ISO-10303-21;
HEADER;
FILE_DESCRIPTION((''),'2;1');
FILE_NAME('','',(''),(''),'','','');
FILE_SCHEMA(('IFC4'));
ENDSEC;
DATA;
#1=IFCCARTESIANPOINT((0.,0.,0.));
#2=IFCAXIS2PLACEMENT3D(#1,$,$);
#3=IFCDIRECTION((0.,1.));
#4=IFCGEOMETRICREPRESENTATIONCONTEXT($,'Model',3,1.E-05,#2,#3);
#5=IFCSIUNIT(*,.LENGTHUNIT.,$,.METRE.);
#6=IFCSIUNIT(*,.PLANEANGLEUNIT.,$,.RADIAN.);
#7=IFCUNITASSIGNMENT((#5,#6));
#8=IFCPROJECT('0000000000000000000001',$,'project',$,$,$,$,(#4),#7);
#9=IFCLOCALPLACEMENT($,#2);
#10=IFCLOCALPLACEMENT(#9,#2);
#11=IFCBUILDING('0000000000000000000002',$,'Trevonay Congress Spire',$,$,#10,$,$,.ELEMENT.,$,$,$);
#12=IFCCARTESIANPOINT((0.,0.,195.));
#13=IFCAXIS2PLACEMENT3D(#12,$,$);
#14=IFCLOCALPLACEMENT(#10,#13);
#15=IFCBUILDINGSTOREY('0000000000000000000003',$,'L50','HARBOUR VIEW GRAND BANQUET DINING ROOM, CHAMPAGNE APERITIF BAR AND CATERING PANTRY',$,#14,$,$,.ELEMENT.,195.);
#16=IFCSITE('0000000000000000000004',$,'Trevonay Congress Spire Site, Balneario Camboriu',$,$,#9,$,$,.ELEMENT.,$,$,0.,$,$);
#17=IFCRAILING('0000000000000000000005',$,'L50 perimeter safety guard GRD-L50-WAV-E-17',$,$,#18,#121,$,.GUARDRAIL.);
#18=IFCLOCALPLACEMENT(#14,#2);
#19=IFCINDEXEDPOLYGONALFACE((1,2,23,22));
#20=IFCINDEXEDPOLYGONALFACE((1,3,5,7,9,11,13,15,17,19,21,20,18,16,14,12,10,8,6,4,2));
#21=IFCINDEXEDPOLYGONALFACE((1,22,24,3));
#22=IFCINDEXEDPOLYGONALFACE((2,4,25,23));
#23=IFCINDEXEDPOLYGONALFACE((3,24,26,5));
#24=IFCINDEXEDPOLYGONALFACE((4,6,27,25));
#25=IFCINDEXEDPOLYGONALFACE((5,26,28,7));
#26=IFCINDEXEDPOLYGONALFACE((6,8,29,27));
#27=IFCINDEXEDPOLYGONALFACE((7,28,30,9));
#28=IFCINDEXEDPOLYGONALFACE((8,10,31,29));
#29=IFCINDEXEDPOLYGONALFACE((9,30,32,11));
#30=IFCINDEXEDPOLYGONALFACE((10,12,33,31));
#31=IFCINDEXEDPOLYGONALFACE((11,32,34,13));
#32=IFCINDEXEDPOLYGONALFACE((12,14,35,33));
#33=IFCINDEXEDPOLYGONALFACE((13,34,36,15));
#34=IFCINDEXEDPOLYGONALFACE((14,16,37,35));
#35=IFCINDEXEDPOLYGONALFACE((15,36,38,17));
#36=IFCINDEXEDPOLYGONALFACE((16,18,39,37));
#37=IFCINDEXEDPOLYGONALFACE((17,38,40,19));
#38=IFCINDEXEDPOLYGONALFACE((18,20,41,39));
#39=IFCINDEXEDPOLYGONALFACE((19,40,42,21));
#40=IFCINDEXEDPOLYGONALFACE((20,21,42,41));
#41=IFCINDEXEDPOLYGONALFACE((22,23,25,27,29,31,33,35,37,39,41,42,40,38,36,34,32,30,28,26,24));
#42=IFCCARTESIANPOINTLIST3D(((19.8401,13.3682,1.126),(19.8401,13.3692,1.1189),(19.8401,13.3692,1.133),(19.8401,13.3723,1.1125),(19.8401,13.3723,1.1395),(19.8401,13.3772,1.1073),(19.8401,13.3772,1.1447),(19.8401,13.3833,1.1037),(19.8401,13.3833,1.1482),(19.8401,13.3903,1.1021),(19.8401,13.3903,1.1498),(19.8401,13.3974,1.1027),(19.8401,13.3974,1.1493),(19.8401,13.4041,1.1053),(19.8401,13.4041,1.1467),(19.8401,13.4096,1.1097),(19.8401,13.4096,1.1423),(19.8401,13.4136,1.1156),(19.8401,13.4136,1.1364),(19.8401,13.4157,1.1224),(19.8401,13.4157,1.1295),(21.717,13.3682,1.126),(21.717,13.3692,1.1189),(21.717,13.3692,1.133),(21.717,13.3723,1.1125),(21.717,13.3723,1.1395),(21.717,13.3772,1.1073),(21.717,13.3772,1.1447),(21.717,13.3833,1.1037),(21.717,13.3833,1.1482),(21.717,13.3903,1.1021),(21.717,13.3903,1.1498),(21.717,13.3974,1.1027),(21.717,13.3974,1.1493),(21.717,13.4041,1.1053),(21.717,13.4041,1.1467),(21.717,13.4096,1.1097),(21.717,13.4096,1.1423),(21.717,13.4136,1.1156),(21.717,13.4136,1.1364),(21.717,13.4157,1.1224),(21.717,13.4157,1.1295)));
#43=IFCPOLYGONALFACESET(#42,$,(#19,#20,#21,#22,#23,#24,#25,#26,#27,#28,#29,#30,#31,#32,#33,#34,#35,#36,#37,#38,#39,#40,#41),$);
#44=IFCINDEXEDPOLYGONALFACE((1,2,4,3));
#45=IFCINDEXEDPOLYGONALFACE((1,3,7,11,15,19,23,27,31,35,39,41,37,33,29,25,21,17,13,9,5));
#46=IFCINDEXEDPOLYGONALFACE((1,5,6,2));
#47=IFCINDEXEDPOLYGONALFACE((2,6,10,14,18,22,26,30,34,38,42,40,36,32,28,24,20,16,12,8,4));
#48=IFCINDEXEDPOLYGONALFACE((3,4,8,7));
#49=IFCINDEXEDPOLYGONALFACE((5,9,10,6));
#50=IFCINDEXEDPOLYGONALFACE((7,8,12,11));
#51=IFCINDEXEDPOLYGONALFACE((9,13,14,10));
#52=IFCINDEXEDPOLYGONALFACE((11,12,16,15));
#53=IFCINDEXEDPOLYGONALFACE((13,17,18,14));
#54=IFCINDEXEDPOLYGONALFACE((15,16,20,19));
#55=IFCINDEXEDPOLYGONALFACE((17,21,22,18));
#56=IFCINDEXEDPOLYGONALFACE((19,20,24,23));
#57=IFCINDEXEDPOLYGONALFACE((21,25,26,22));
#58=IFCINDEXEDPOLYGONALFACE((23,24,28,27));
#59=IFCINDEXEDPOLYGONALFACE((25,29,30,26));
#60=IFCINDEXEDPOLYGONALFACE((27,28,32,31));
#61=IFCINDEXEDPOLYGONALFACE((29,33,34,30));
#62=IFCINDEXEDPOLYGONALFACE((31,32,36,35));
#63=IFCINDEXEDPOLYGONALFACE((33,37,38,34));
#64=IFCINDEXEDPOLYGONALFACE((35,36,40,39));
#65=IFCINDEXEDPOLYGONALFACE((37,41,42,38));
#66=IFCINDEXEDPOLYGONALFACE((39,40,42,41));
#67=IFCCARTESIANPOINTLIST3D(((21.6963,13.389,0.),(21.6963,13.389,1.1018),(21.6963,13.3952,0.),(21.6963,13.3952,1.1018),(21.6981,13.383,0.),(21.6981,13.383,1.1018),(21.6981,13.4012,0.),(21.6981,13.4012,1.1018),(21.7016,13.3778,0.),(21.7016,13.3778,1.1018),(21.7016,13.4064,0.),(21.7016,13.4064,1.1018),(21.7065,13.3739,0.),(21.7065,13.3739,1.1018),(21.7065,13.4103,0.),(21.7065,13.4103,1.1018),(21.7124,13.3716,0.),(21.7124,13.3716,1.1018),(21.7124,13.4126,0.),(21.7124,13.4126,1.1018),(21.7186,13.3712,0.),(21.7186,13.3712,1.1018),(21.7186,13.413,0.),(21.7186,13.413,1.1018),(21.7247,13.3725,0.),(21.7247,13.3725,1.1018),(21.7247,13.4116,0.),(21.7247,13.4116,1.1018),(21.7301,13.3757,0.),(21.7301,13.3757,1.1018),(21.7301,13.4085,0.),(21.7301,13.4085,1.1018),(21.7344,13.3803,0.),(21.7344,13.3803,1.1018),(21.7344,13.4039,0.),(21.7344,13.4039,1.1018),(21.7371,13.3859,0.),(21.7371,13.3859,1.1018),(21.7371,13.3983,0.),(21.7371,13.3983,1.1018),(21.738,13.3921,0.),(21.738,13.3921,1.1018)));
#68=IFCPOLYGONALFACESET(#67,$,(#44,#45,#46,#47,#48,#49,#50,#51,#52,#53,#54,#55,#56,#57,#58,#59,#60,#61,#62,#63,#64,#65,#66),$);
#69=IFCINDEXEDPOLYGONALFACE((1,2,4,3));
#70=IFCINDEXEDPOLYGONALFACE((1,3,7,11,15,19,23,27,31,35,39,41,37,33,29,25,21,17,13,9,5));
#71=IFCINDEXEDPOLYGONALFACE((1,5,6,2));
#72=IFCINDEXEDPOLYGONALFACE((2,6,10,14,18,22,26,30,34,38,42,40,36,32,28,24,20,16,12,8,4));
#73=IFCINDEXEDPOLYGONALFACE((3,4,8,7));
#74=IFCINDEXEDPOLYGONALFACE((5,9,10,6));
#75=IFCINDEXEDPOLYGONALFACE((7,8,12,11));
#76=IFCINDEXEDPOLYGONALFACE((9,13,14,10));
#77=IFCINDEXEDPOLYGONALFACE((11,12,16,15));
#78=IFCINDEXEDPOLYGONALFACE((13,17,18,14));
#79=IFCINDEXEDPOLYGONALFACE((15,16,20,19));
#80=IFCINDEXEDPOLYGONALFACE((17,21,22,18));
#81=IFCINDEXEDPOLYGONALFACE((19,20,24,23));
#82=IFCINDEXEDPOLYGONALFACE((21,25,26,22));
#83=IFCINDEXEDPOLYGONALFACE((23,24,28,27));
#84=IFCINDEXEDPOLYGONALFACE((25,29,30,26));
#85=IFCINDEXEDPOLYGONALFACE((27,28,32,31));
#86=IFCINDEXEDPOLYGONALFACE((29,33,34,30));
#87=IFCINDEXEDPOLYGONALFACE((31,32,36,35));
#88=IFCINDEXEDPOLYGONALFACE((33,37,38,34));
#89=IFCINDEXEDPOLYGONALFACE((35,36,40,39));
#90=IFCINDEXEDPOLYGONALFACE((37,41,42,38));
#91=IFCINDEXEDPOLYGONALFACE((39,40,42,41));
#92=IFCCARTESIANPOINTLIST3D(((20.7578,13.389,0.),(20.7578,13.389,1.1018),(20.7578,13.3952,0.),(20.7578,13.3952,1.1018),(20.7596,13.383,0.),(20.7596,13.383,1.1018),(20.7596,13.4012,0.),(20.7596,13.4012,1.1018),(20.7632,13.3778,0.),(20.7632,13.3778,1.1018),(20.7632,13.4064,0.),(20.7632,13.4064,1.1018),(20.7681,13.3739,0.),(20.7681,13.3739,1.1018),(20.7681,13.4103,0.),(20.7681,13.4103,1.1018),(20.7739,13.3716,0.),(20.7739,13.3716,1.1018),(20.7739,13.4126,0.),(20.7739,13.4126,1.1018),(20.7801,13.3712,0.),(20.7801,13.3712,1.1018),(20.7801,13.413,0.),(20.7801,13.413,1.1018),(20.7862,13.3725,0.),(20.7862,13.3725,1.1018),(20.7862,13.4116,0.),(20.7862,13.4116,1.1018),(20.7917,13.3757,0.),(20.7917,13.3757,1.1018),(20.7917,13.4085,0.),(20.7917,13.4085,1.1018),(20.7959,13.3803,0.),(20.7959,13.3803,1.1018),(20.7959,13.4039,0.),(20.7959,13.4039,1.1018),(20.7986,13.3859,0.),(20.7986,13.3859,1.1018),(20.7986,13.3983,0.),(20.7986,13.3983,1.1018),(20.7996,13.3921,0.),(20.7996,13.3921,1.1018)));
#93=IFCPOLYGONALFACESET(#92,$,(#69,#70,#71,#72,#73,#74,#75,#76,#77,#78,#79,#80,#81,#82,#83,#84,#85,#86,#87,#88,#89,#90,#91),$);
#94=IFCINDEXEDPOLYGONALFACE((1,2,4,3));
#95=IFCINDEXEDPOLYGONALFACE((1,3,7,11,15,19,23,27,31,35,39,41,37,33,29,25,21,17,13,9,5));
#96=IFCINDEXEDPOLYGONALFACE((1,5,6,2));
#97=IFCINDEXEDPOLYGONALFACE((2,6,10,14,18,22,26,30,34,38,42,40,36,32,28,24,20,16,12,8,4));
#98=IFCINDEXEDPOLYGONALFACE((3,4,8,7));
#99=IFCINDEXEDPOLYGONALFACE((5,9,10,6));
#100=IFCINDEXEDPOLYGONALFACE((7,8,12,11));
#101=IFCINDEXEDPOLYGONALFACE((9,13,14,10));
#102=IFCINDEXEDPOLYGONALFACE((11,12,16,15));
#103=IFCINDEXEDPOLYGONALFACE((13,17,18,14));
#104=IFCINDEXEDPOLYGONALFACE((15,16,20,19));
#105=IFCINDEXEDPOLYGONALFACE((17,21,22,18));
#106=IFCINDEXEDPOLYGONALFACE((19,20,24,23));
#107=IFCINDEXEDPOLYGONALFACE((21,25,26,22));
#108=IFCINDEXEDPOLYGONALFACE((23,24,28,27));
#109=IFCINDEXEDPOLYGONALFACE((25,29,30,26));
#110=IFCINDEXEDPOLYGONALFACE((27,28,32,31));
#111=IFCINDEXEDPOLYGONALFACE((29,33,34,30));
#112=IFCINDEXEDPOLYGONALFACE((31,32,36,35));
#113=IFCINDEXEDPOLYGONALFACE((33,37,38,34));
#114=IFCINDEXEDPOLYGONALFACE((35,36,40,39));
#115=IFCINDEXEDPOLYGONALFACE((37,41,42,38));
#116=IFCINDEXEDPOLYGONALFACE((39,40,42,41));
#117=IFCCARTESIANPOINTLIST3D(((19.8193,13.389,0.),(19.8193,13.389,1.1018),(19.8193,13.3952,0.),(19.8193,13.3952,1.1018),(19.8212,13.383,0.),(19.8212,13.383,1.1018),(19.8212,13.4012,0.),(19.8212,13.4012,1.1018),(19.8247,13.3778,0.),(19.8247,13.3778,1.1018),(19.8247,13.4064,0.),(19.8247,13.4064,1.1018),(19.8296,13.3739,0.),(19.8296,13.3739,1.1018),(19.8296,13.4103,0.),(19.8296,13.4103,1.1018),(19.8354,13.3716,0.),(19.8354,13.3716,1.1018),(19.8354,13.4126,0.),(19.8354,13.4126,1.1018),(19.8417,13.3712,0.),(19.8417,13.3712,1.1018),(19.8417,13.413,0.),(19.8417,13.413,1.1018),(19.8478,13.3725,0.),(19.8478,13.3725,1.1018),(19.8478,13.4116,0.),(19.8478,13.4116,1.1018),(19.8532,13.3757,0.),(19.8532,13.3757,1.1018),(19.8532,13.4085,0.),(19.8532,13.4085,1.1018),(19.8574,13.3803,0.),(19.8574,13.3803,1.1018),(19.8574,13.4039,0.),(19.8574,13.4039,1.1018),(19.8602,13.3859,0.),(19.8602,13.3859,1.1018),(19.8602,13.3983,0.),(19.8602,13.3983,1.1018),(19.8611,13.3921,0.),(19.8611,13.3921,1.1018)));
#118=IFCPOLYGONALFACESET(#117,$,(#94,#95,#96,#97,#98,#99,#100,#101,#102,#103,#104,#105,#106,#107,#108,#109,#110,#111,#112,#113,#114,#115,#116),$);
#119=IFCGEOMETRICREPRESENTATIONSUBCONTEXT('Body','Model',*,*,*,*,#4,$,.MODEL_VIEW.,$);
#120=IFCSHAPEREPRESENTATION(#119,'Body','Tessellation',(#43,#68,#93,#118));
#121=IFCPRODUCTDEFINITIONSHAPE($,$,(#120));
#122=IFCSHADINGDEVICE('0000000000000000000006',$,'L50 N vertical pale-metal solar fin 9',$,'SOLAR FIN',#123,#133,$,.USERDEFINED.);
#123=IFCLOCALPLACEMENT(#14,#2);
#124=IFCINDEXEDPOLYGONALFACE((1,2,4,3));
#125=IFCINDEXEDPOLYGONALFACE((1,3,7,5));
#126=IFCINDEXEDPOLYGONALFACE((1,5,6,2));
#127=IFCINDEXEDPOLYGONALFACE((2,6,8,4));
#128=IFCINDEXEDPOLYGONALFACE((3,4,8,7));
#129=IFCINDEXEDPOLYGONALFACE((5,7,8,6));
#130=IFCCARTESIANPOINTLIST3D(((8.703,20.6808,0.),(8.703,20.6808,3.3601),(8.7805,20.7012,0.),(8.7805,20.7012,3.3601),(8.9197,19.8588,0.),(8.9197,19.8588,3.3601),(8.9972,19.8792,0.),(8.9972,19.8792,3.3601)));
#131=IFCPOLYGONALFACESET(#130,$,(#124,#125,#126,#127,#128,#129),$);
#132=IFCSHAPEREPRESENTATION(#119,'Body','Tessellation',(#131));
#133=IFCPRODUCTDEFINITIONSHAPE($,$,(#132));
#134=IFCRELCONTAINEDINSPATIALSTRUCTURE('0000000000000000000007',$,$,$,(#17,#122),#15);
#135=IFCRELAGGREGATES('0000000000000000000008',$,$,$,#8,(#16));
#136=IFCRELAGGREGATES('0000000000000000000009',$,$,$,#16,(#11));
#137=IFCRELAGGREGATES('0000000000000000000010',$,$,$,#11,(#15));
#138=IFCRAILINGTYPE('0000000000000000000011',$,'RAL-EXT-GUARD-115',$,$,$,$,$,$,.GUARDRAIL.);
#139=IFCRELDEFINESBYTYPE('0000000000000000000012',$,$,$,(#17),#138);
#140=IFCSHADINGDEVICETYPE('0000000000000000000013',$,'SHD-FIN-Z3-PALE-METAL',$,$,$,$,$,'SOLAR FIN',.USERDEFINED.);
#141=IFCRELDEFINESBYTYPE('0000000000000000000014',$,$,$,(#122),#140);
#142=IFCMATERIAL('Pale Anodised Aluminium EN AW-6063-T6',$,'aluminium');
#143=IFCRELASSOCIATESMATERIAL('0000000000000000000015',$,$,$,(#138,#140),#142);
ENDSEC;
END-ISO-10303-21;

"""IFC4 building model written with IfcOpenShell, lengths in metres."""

from ifc_helpers import new_model, si_unit, direction, frame, origin, origin_2d, place, context, subcontext, project, spatial, rectangle, circle, extrude, material, type_object, element, save


model = new_model("IFC4")

# Units and contexts
model_context = context("Model", 3, precision=1e-05, world=origin(), true_north=direction((0.0, 1.0)))
body_context = subcontext(model_context, "Body", "Model", "MODEL_VIEW")
ifc_project = project(units=[si_unit("LENGTHUNIT", "METRE"), si_unit("PLANEANGLEUNIT", "RADIAN")], contexts=[model_context])

# Site, building, storey
site_placement = place(None, origin())
site = spatial("IfcSite", under=ifc_project, at=site_placement, Name="Trevonay Congress Spire Site, Balneario Camboriu", CompositionType="ELEMENT", RefElevation=0.0)
building_placement = place(site_placement, origin())
building = spatial("IfcBuilding", under=site, at=building_placement, Name="Trevonay Congress Spire", CompositionType="ELEMENT")
storey_placement = place(building_placement, frame((0.0, 0.0, 195.0)))
storey = spatial("IfcBuildingStorey", under=building, at=storey_placement, Name="L50", Description="HARBOUR VIEW GRAND BANQUET DINING ROOM, CHAMPAGNE APERITIF BAR AND CATERING PANTRY", CompositionType="ELEMENT", Elevation=195.0)

# Shared definitions
ifc_material_1 = material(Name="Pale Anodised Aluminium EN AW-6063-T6", Category="aluminium")

# Railing
railing_type = type_object("IfcRailingType", Name="RAL-EXT-GUARD-115", PredefinedType="GUARDRAIL", material=ifc_material_1)
railing_1_placement = place(storey_placement, frame((21.717, 13.3921, 0.0)))
element("IfcRailing", 1, at=railing_1_placement, inside=storey, type_object=railing_type, Name="L50 perimeter safety guard GRD-L50-WAV-E-17", PredefinedType="GUARDRAIL", context=body_context, shape_type="SweptSolid", body=[
    extrude(circle(Radius=0.0239, at=origin_2d()), frame((0.0, 0.0, 1.126), z_axis=(-1.0, 0.0, 0.0), x_axis=(0.0, -1.0, 0.0)), (0.0, 0.0, 1.0), 1.877),
    extrude(circle(Radius=0.021, at=origin_2d()), origin(), (0.0, 0.0, 1.0), 1.1018),
    extrude(circle(Radius=0.021, at=origin_2d()), frame((-0.9385, 0.0, 0.0)), (0.0, 0.0, 1.0), 1.1018),
    extrude(circle(Radius=0.021, at=origin_2d()), frame((-1.877, 0.0, 0.0)), (0.0, 0.0, 1.0), 1.1018),
])

# Shading device
shading_device_type = type_object("IfcShadingDeviceType", Name="SHD-FIN-Z3-PALE-METAL", ElementType="SOLAR FIN", PredefinedType="USERDEFINED", material=ifc_material_1)
shading_device_placement = place(storey_placement, frame((8.8501, 20.28, 0.0), z_axis=(0.0, 0.0, 1.0), x_axis=(0.966957, 0.254939, 0.0)))
element("IfcShadingDevice", 2, at=shading_device_placement, inside=storey, type_object=shading_device_type, Name="L50 N vertical pale-metal solar fin 9", ObjectType="SOLAR FIN", PredefinedType="USERDEFINED", context=body_context, shape_type="SweptSolid", body=[
    extrude(rectangle(XDim=0.0801, YDim=0.8501, at=origin_2d()), origin(), (0.0, 0.0, 1.0), 3.3601),
])

save(model, "model.ifc")
